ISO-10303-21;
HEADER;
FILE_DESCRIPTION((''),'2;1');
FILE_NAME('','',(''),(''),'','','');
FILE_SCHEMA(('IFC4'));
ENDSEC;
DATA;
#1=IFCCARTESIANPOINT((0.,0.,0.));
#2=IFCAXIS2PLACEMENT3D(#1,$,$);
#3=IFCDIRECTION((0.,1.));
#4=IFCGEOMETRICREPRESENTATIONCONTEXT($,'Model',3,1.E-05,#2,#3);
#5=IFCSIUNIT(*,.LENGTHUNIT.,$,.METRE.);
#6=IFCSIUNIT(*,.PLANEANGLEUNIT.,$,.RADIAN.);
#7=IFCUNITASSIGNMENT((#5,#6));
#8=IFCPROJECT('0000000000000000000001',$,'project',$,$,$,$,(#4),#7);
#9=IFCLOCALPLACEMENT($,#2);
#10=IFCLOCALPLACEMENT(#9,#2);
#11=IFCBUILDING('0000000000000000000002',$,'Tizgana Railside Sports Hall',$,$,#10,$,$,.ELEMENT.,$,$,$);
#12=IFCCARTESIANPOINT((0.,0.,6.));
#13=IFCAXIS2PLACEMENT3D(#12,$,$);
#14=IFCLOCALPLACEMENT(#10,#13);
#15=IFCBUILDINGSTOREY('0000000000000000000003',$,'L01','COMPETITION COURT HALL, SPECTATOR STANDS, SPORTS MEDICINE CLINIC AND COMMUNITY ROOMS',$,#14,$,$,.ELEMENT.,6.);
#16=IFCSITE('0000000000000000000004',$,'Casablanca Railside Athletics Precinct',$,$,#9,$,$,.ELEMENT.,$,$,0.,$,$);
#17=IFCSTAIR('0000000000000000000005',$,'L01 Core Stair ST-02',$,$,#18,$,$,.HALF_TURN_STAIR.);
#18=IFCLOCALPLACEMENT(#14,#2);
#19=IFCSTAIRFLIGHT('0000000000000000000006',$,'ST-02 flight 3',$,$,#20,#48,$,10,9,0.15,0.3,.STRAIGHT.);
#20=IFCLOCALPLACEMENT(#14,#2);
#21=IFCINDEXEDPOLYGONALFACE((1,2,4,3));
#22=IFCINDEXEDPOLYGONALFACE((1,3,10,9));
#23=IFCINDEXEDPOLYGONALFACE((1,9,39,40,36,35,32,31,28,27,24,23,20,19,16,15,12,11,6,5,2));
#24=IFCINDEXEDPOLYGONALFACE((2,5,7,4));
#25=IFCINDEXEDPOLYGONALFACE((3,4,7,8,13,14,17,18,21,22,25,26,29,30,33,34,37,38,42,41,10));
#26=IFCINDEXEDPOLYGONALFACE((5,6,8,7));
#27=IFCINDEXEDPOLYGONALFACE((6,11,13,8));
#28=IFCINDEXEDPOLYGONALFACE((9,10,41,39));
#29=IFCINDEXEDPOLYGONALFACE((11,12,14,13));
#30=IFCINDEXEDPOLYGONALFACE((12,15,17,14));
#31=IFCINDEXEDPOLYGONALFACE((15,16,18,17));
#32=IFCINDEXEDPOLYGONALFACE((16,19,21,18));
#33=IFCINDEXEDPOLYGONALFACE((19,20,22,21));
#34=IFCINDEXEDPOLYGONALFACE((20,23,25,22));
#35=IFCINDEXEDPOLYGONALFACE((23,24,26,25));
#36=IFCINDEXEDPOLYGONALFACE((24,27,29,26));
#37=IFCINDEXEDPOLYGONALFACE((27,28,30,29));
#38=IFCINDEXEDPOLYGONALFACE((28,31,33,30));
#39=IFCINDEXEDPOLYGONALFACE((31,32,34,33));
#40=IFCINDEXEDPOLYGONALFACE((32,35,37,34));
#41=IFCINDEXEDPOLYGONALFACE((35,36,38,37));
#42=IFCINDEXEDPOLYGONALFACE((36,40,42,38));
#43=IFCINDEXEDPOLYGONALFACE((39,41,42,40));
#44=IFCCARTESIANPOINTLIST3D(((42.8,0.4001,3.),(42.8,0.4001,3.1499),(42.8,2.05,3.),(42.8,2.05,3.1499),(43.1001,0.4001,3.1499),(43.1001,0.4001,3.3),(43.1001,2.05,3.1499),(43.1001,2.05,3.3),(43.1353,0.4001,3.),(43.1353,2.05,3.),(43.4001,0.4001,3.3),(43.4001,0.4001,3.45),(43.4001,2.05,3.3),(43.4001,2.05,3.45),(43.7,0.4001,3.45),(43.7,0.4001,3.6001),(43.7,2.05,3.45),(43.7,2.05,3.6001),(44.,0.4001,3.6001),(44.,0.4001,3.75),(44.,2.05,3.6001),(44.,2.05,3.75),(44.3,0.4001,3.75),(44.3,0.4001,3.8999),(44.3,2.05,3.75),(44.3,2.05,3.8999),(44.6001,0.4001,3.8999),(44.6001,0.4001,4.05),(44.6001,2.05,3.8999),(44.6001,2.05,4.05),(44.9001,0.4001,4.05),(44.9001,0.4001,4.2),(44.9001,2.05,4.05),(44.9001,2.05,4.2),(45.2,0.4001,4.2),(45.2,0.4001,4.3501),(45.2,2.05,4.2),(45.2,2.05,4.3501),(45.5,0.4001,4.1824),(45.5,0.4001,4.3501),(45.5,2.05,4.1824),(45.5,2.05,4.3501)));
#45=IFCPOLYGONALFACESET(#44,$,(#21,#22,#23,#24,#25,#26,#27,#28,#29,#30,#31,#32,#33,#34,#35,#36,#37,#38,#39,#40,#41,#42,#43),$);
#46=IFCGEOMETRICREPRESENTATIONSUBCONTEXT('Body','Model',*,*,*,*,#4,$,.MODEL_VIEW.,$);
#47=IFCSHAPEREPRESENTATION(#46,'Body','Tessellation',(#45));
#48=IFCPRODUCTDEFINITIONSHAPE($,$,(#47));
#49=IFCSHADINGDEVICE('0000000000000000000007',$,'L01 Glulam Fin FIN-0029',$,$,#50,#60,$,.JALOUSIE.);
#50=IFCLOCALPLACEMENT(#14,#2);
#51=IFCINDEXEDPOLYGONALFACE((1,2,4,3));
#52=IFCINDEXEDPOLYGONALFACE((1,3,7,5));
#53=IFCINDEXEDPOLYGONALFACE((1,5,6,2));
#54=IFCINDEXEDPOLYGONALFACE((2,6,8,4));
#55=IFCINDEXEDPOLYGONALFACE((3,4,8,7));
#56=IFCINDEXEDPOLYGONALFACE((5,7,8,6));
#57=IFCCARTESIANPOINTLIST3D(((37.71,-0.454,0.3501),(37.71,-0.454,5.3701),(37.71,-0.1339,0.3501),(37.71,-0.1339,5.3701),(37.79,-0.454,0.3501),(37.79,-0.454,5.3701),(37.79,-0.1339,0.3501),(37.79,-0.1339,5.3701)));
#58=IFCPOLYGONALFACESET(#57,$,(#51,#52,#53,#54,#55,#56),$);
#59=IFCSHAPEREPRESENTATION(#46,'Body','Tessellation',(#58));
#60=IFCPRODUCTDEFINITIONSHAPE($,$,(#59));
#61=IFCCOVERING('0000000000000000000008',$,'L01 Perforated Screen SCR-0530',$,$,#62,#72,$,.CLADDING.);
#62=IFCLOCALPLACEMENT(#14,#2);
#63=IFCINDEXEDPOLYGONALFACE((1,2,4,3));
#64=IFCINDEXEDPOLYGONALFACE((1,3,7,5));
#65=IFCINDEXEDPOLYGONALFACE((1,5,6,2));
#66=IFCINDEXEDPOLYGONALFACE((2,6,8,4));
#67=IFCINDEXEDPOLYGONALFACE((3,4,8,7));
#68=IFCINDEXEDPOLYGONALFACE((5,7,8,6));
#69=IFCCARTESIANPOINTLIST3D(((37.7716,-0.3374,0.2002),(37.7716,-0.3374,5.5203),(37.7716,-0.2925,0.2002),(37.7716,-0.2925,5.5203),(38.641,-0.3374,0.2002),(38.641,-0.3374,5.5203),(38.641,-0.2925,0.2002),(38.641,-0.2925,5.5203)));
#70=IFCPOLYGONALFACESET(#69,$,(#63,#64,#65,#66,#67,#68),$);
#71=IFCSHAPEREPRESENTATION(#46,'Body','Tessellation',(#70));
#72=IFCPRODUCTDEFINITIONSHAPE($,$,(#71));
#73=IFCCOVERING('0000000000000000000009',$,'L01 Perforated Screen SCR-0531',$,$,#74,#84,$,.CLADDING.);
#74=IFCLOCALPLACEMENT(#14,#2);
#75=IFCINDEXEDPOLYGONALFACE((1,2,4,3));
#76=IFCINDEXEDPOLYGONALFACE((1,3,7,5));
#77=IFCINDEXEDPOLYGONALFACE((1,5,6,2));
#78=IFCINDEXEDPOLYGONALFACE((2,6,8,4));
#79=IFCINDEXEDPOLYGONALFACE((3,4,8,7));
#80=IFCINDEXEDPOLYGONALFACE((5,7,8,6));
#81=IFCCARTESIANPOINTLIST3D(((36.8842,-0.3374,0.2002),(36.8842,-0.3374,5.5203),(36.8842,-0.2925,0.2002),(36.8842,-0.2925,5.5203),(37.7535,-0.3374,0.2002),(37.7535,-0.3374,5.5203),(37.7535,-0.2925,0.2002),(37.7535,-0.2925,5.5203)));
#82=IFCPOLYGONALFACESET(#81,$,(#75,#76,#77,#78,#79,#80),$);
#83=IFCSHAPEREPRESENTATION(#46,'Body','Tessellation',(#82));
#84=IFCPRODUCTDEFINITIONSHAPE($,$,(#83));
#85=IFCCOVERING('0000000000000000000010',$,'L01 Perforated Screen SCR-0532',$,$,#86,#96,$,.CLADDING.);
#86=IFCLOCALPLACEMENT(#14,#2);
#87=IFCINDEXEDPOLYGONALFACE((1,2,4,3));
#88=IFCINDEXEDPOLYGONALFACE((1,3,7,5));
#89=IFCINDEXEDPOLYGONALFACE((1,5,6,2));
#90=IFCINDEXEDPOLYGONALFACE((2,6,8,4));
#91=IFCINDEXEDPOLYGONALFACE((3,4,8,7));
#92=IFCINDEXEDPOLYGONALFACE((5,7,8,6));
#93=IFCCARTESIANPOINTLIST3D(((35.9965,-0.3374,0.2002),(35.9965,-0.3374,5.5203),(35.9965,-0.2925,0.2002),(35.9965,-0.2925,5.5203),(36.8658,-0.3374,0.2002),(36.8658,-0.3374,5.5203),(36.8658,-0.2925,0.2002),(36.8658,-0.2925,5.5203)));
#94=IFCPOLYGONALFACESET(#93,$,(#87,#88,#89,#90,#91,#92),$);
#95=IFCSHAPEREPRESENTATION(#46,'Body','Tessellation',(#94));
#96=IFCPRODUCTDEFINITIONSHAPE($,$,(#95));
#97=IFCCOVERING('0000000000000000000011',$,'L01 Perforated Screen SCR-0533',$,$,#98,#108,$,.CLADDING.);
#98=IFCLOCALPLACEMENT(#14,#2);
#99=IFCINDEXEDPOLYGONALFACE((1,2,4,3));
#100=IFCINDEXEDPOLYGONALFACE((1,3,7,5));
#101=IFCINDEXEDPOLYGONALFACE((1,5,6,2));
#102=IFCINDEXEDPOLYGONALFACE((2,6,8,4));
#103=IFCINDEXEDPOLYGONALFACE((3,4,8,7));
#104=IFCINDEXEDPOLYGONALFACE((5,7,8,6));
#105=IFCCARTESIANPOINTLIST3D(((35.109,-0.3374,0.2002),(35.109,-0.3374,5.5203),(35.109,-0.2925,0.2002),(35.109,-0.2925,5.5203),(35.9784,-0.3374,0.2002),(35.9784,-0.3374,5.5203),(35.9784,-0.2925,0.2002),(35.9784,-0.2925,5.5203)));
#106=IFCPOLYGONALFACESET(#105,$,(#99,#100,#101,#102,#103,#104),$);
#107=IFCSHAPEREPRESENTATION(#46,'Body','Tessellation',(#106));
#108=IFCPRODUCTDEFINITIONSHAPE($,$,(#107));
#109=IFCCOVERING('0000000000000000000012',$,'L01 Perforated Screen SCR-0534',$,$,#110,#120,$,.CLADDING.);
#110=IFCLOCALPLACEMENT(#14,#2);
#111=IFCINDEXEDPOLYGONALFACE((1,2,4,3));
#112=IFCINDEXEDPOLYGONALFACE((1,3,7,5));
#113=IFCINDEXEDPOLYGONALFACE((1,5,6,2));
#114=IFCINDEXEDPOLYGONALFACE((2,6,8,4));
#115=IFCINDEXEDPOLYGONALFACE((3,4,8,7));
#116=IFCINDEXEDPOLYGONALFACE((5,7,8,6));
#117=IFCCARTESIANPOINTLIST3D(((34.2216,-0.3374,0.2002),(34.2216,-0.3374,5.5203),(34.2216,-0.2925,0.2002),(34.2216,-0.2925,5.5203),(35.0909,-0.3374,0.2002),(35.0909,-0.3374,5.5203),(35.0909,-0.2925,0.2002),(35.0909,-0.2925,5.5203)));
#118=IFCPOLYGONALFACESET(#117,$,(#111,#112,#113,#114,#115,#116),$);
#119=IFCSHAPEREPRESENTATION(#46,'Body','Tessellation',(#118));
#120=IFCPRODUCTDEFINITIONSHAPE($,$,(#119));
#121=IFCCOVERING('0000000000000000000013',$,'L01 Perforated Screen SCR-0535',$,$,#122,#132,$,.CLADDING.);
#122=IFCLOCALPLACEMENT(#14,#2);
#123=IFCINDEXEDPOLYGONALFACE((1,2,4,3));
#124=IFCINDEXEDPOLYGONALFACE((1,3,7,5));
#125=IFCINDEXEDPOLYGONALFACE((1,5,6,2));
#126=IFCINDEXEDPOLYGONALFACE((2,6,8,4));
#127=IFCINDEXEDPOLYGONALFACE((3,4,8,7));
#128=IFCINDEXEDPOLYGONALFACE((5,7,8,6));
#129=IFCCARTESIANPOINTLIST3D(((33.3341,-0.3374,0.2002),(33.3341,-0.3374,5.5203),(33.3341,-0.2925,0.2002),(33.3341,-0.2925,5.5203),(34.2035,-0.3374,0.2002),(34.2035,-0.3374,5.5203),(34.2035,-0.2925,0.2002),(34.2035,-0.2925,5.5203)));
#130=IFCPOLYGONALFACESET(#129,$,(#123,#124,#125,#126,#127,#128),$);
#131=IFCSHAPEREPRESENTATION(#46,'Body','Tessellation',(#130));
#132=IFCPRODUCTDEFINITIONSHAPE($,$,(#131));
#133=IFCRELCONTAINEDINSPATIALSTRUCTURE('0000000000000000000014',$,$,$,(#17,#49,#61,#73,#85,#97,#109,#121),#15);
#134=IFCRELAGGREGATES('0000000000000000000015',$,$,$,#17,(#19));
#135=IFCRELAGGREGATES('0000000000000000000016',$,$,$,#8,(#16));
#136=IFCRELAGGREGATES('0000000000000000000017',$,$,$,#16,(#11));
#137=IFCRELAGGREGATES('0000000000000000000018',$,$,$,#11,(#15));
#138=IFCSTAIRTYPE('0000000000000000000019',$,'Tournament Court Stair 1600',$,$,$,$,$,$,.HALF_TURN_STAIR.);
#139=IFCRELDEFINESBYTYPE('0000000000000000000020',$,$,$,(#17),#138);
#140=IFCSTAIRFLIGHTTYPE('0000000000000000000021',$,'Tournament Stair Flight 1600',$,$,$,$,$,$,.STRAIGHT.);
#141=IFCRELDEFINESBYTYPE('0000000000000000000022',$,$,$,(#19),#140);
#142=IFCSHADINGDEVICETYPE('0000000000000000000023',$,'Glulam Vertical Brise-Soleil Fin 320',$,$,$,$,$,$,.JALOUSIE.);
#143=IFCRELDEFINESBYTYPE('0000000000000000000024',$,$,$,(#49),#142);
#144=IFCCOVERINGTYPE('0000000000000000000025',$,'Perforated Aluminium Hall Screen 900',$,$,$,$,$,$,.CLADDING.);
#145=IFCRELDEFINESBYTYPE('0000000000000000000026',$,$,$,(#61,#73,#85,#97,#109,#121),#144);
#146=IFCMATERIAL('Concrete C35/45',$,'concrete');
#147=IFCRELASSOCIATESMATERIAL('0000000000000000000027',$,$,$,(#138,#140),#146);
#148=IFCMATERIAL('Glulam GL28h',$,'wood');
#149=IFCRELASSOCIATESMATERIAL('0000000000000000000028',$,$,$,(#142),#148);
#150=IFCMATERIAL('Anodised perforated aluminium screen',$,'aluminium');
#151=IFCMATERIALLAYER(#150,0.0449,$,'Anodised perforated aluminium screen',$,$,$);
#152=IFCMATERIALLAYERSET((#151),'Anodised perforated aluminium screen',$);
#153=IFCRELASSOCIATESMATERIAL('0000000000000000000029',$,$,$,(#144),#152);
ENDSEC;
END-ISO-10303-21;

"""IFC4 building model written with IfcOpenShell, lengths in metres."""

from ifc_helpers import new_model, si_unit, direction, frame, origin, origin_2d, place, context, subcontext, project, spatial, polyline, rectangle, outline, extrude, material, layer, layer_set, type_object, element, aggregate, save


model = new_model("IFC4")

# Units and contexts
model_context = context("Model", 3, precision=1e-05, world=origin(), true_north=direction((0.0, 1.0)))
body_context = subcontext(model_context, "Body", "Model", "MODEL_VIEW")
ifc_project = project(units=[si_unit("LENGTHUNIT", "METRE"), si_unit("PLANEANGLEUNIT", "RADIAN")], contexts=[model_context])

# Site, building, storey
site_placement = place(None, origin())
site = spatial("IfcSite", under=ifc_project, at=site_placement, Name="Casablanca Railside Athletics Precinct", CompositionType="ELEMENT", RefElevation=0.0)
building_placement = place(site_placement, origin())
building = spatial("IfcBuilding", under=site, at=building_placement, Name="Tizgana Railside Sports Hall", CompositionType="ELEMENT")
storey_placement = place(building_placement, frame((0.0, 0.0, 6.0)))
storey = spatial("IfcBuildingStorey", under=building, at=storey_placement, Name="L01", Description="COMPETITION COURT HALL, SPECTATOR STANDS, SPORTS MEDICINE CLINIC AND COMMUNITY ROOMS", CompositionType="ELEMENT", Elevation=6.0)

# Shared definitions
ifc_material_1 = material(Name="Concrete C35/45", Category="concrete")

# Stair, stair flight
stair_type = type_object("IfcStairType", Name="Tournament Court Stair 1600", PredefinedType="HALF_TURN_STAIR", material=ifc_material_1)
stair_placement = place(storey_placement, origin())
stair = element("IfcStair", 1, at=stair_placement, inside=storey, type_object=stair_type, Name="L01 Core Stair ST-02", PredefinedType="HALF_TURN_STAIR")
stair_flight_type = type_object("IfcStairFlightType", Name="Tournament Stair Flight 1600", PredefinedType="STRAIGHT", material=ifc_material_1)
stair_flight_1_placement = place(storey_placement, frame((42.8, 1.2251, 3.0), z_axis=(0.0, 0.0, 1.0), x_axis=(1.0, 0.0, 0.0)))
stair_flight_1 = element("IfcStairFlight", 2, at=stair_flight_1_placement, type_object=stair_flight_type, Name="ST-02 flight 3", NumberOfRisers=10, NumberOfTreads=9, PredefinedType="STRAIGHT", RiserHeight=0.15, TreadLength=0.3, context=body_context, shape_type="SweptSolid", body=[
    extrude(outline(polyline([(0.0, 0.0), (0.0, 0.1499), (0.3, 0.1499), (0.3, 0.3), (0.6001, 0.3), (0.6001, 0.45), (0.8999, 0.45), (0.8999, 0.6001), (1.2, 0.6001), (1.2, 0.75), (1.5, 0.75), (1.5, 0.8999), (1.8, 0.8999), (1.8, 1.05), (2.1001, 1.05), (2.1001, 1.2), (2.3999, 1.2), (2.3999, 1.3501), (2.7, 1.3501), (2.7, 1.5), (2.7, 1.1824), (0.3352, 0.0), (0.0, 0.0)])), frame((0.0, 0.825, 0.0), z_axis=(0.0, -1.0, 0.0), x_axis=(1.0, 0.0, 0.0)), (0.0, 0.0, 1.0), 1.6499),
])
aggregate(stair, [stair_flight_1])

# Shading device
ifc_material_2 = material(Name="Glulam GL28h", Category="wood")
shading_device_type = type_object("IfcShadingDeviceType", Name="Glulam Vertical Brise-Soleil Fin 320", PredefinedType="JALOUSIE", material=ifc_material_2)
shading_device_placement = place(storey_placement, frame((37.75, -0.2939, 0.3501), z_axis=(0.0, 0.0, 1.0), x_axis=(-1.0, 0.0, 0.0)))
element("IfcShadingDevice", 3, at=shading_device_placement, inside=storey, type_object=shading_device_type, Name="L01 Glulam Fin FIN-0029", PredefinedType="JALOUSIE", context=body_context, shape_type="SweptSolid", body=[
    extrude(rectangle(XDim=0.0801, YDim=0.3201, at=origin_2d()), origin(), (0.0, 0.0, 1.0), 5.02),
])

# Coverings
ifc_material_3 = material(Name="Anodised perforated aluminium screen", Category="aluminium")
ifc_layer_1 = layer(ifc_material_3, 0.0449, Name="Anodised perforated aluminium screen")
ifc_layer_set_1 = layer_set([ifc_layer_1], Name="Anodised perforated aluminium screen")
covering_type = type_object("IfcCoveringType", Name="Perforated Aluminium Hall Screen 900", PredefinedType="CLADDING", material=ifc_layer_set_1)
for number, where, z_axis, x_axis, name in (
    (4, (38.2063, -0.3149, 0.2002), (0.0, 0.0, 1.0), (-1.0, 0.0, 0.0), "L01 Perforated Screen SCR-0530"),
    (5, (37.3188, -0.3149, 0.2002), (0.0, 0.0, 1.0), (-1.0, 0.0, 0.0), "L01 Perforated Screen SCR-0531"),
    (6, (36.4312, -0.3149, 0.2002), (0.0, 0.0, 1.0), (-1.0, 0.0, 0.0), "L01 Perforated Screen SCR-0532"),
    (7, (35.5437, -0.3149, 0.2002), (0.0, 0.0, 1.0), (-1.0, 0.0, 0.0), "L01 Perforated Screen SCR-0533"),
    (8, (34.6562, -0.3149, 0.2002), (0.0, 0.0, 1.0), (-1.0, 0.0, 0.0), "L01 Perforated Screen SCR-0534"),
    (9, (33.7688, -0.3149, 0.2002), (0.0, 0.0, 1.0), (-1.0, 0.0, 0.0), "L01 Perforated Screen SCR-0535"),
):
    element("IfcCovering", number, at=place(storey_placement, frame(where, z_axis=z_axis, x_axis=x_axis)), inside=storey, type_object=covering_type, Name=name, PredefinedType="CLADDING", context=body_context, shape_type="SweptSolid", body=[
        extrude(rectangle(XDim=0.8694, YDim=0.0449, at=origin_2d()), origin(), (0.0, 0.0, 1.0), 5.3201),
    ])

save(model, "model.ifc")
